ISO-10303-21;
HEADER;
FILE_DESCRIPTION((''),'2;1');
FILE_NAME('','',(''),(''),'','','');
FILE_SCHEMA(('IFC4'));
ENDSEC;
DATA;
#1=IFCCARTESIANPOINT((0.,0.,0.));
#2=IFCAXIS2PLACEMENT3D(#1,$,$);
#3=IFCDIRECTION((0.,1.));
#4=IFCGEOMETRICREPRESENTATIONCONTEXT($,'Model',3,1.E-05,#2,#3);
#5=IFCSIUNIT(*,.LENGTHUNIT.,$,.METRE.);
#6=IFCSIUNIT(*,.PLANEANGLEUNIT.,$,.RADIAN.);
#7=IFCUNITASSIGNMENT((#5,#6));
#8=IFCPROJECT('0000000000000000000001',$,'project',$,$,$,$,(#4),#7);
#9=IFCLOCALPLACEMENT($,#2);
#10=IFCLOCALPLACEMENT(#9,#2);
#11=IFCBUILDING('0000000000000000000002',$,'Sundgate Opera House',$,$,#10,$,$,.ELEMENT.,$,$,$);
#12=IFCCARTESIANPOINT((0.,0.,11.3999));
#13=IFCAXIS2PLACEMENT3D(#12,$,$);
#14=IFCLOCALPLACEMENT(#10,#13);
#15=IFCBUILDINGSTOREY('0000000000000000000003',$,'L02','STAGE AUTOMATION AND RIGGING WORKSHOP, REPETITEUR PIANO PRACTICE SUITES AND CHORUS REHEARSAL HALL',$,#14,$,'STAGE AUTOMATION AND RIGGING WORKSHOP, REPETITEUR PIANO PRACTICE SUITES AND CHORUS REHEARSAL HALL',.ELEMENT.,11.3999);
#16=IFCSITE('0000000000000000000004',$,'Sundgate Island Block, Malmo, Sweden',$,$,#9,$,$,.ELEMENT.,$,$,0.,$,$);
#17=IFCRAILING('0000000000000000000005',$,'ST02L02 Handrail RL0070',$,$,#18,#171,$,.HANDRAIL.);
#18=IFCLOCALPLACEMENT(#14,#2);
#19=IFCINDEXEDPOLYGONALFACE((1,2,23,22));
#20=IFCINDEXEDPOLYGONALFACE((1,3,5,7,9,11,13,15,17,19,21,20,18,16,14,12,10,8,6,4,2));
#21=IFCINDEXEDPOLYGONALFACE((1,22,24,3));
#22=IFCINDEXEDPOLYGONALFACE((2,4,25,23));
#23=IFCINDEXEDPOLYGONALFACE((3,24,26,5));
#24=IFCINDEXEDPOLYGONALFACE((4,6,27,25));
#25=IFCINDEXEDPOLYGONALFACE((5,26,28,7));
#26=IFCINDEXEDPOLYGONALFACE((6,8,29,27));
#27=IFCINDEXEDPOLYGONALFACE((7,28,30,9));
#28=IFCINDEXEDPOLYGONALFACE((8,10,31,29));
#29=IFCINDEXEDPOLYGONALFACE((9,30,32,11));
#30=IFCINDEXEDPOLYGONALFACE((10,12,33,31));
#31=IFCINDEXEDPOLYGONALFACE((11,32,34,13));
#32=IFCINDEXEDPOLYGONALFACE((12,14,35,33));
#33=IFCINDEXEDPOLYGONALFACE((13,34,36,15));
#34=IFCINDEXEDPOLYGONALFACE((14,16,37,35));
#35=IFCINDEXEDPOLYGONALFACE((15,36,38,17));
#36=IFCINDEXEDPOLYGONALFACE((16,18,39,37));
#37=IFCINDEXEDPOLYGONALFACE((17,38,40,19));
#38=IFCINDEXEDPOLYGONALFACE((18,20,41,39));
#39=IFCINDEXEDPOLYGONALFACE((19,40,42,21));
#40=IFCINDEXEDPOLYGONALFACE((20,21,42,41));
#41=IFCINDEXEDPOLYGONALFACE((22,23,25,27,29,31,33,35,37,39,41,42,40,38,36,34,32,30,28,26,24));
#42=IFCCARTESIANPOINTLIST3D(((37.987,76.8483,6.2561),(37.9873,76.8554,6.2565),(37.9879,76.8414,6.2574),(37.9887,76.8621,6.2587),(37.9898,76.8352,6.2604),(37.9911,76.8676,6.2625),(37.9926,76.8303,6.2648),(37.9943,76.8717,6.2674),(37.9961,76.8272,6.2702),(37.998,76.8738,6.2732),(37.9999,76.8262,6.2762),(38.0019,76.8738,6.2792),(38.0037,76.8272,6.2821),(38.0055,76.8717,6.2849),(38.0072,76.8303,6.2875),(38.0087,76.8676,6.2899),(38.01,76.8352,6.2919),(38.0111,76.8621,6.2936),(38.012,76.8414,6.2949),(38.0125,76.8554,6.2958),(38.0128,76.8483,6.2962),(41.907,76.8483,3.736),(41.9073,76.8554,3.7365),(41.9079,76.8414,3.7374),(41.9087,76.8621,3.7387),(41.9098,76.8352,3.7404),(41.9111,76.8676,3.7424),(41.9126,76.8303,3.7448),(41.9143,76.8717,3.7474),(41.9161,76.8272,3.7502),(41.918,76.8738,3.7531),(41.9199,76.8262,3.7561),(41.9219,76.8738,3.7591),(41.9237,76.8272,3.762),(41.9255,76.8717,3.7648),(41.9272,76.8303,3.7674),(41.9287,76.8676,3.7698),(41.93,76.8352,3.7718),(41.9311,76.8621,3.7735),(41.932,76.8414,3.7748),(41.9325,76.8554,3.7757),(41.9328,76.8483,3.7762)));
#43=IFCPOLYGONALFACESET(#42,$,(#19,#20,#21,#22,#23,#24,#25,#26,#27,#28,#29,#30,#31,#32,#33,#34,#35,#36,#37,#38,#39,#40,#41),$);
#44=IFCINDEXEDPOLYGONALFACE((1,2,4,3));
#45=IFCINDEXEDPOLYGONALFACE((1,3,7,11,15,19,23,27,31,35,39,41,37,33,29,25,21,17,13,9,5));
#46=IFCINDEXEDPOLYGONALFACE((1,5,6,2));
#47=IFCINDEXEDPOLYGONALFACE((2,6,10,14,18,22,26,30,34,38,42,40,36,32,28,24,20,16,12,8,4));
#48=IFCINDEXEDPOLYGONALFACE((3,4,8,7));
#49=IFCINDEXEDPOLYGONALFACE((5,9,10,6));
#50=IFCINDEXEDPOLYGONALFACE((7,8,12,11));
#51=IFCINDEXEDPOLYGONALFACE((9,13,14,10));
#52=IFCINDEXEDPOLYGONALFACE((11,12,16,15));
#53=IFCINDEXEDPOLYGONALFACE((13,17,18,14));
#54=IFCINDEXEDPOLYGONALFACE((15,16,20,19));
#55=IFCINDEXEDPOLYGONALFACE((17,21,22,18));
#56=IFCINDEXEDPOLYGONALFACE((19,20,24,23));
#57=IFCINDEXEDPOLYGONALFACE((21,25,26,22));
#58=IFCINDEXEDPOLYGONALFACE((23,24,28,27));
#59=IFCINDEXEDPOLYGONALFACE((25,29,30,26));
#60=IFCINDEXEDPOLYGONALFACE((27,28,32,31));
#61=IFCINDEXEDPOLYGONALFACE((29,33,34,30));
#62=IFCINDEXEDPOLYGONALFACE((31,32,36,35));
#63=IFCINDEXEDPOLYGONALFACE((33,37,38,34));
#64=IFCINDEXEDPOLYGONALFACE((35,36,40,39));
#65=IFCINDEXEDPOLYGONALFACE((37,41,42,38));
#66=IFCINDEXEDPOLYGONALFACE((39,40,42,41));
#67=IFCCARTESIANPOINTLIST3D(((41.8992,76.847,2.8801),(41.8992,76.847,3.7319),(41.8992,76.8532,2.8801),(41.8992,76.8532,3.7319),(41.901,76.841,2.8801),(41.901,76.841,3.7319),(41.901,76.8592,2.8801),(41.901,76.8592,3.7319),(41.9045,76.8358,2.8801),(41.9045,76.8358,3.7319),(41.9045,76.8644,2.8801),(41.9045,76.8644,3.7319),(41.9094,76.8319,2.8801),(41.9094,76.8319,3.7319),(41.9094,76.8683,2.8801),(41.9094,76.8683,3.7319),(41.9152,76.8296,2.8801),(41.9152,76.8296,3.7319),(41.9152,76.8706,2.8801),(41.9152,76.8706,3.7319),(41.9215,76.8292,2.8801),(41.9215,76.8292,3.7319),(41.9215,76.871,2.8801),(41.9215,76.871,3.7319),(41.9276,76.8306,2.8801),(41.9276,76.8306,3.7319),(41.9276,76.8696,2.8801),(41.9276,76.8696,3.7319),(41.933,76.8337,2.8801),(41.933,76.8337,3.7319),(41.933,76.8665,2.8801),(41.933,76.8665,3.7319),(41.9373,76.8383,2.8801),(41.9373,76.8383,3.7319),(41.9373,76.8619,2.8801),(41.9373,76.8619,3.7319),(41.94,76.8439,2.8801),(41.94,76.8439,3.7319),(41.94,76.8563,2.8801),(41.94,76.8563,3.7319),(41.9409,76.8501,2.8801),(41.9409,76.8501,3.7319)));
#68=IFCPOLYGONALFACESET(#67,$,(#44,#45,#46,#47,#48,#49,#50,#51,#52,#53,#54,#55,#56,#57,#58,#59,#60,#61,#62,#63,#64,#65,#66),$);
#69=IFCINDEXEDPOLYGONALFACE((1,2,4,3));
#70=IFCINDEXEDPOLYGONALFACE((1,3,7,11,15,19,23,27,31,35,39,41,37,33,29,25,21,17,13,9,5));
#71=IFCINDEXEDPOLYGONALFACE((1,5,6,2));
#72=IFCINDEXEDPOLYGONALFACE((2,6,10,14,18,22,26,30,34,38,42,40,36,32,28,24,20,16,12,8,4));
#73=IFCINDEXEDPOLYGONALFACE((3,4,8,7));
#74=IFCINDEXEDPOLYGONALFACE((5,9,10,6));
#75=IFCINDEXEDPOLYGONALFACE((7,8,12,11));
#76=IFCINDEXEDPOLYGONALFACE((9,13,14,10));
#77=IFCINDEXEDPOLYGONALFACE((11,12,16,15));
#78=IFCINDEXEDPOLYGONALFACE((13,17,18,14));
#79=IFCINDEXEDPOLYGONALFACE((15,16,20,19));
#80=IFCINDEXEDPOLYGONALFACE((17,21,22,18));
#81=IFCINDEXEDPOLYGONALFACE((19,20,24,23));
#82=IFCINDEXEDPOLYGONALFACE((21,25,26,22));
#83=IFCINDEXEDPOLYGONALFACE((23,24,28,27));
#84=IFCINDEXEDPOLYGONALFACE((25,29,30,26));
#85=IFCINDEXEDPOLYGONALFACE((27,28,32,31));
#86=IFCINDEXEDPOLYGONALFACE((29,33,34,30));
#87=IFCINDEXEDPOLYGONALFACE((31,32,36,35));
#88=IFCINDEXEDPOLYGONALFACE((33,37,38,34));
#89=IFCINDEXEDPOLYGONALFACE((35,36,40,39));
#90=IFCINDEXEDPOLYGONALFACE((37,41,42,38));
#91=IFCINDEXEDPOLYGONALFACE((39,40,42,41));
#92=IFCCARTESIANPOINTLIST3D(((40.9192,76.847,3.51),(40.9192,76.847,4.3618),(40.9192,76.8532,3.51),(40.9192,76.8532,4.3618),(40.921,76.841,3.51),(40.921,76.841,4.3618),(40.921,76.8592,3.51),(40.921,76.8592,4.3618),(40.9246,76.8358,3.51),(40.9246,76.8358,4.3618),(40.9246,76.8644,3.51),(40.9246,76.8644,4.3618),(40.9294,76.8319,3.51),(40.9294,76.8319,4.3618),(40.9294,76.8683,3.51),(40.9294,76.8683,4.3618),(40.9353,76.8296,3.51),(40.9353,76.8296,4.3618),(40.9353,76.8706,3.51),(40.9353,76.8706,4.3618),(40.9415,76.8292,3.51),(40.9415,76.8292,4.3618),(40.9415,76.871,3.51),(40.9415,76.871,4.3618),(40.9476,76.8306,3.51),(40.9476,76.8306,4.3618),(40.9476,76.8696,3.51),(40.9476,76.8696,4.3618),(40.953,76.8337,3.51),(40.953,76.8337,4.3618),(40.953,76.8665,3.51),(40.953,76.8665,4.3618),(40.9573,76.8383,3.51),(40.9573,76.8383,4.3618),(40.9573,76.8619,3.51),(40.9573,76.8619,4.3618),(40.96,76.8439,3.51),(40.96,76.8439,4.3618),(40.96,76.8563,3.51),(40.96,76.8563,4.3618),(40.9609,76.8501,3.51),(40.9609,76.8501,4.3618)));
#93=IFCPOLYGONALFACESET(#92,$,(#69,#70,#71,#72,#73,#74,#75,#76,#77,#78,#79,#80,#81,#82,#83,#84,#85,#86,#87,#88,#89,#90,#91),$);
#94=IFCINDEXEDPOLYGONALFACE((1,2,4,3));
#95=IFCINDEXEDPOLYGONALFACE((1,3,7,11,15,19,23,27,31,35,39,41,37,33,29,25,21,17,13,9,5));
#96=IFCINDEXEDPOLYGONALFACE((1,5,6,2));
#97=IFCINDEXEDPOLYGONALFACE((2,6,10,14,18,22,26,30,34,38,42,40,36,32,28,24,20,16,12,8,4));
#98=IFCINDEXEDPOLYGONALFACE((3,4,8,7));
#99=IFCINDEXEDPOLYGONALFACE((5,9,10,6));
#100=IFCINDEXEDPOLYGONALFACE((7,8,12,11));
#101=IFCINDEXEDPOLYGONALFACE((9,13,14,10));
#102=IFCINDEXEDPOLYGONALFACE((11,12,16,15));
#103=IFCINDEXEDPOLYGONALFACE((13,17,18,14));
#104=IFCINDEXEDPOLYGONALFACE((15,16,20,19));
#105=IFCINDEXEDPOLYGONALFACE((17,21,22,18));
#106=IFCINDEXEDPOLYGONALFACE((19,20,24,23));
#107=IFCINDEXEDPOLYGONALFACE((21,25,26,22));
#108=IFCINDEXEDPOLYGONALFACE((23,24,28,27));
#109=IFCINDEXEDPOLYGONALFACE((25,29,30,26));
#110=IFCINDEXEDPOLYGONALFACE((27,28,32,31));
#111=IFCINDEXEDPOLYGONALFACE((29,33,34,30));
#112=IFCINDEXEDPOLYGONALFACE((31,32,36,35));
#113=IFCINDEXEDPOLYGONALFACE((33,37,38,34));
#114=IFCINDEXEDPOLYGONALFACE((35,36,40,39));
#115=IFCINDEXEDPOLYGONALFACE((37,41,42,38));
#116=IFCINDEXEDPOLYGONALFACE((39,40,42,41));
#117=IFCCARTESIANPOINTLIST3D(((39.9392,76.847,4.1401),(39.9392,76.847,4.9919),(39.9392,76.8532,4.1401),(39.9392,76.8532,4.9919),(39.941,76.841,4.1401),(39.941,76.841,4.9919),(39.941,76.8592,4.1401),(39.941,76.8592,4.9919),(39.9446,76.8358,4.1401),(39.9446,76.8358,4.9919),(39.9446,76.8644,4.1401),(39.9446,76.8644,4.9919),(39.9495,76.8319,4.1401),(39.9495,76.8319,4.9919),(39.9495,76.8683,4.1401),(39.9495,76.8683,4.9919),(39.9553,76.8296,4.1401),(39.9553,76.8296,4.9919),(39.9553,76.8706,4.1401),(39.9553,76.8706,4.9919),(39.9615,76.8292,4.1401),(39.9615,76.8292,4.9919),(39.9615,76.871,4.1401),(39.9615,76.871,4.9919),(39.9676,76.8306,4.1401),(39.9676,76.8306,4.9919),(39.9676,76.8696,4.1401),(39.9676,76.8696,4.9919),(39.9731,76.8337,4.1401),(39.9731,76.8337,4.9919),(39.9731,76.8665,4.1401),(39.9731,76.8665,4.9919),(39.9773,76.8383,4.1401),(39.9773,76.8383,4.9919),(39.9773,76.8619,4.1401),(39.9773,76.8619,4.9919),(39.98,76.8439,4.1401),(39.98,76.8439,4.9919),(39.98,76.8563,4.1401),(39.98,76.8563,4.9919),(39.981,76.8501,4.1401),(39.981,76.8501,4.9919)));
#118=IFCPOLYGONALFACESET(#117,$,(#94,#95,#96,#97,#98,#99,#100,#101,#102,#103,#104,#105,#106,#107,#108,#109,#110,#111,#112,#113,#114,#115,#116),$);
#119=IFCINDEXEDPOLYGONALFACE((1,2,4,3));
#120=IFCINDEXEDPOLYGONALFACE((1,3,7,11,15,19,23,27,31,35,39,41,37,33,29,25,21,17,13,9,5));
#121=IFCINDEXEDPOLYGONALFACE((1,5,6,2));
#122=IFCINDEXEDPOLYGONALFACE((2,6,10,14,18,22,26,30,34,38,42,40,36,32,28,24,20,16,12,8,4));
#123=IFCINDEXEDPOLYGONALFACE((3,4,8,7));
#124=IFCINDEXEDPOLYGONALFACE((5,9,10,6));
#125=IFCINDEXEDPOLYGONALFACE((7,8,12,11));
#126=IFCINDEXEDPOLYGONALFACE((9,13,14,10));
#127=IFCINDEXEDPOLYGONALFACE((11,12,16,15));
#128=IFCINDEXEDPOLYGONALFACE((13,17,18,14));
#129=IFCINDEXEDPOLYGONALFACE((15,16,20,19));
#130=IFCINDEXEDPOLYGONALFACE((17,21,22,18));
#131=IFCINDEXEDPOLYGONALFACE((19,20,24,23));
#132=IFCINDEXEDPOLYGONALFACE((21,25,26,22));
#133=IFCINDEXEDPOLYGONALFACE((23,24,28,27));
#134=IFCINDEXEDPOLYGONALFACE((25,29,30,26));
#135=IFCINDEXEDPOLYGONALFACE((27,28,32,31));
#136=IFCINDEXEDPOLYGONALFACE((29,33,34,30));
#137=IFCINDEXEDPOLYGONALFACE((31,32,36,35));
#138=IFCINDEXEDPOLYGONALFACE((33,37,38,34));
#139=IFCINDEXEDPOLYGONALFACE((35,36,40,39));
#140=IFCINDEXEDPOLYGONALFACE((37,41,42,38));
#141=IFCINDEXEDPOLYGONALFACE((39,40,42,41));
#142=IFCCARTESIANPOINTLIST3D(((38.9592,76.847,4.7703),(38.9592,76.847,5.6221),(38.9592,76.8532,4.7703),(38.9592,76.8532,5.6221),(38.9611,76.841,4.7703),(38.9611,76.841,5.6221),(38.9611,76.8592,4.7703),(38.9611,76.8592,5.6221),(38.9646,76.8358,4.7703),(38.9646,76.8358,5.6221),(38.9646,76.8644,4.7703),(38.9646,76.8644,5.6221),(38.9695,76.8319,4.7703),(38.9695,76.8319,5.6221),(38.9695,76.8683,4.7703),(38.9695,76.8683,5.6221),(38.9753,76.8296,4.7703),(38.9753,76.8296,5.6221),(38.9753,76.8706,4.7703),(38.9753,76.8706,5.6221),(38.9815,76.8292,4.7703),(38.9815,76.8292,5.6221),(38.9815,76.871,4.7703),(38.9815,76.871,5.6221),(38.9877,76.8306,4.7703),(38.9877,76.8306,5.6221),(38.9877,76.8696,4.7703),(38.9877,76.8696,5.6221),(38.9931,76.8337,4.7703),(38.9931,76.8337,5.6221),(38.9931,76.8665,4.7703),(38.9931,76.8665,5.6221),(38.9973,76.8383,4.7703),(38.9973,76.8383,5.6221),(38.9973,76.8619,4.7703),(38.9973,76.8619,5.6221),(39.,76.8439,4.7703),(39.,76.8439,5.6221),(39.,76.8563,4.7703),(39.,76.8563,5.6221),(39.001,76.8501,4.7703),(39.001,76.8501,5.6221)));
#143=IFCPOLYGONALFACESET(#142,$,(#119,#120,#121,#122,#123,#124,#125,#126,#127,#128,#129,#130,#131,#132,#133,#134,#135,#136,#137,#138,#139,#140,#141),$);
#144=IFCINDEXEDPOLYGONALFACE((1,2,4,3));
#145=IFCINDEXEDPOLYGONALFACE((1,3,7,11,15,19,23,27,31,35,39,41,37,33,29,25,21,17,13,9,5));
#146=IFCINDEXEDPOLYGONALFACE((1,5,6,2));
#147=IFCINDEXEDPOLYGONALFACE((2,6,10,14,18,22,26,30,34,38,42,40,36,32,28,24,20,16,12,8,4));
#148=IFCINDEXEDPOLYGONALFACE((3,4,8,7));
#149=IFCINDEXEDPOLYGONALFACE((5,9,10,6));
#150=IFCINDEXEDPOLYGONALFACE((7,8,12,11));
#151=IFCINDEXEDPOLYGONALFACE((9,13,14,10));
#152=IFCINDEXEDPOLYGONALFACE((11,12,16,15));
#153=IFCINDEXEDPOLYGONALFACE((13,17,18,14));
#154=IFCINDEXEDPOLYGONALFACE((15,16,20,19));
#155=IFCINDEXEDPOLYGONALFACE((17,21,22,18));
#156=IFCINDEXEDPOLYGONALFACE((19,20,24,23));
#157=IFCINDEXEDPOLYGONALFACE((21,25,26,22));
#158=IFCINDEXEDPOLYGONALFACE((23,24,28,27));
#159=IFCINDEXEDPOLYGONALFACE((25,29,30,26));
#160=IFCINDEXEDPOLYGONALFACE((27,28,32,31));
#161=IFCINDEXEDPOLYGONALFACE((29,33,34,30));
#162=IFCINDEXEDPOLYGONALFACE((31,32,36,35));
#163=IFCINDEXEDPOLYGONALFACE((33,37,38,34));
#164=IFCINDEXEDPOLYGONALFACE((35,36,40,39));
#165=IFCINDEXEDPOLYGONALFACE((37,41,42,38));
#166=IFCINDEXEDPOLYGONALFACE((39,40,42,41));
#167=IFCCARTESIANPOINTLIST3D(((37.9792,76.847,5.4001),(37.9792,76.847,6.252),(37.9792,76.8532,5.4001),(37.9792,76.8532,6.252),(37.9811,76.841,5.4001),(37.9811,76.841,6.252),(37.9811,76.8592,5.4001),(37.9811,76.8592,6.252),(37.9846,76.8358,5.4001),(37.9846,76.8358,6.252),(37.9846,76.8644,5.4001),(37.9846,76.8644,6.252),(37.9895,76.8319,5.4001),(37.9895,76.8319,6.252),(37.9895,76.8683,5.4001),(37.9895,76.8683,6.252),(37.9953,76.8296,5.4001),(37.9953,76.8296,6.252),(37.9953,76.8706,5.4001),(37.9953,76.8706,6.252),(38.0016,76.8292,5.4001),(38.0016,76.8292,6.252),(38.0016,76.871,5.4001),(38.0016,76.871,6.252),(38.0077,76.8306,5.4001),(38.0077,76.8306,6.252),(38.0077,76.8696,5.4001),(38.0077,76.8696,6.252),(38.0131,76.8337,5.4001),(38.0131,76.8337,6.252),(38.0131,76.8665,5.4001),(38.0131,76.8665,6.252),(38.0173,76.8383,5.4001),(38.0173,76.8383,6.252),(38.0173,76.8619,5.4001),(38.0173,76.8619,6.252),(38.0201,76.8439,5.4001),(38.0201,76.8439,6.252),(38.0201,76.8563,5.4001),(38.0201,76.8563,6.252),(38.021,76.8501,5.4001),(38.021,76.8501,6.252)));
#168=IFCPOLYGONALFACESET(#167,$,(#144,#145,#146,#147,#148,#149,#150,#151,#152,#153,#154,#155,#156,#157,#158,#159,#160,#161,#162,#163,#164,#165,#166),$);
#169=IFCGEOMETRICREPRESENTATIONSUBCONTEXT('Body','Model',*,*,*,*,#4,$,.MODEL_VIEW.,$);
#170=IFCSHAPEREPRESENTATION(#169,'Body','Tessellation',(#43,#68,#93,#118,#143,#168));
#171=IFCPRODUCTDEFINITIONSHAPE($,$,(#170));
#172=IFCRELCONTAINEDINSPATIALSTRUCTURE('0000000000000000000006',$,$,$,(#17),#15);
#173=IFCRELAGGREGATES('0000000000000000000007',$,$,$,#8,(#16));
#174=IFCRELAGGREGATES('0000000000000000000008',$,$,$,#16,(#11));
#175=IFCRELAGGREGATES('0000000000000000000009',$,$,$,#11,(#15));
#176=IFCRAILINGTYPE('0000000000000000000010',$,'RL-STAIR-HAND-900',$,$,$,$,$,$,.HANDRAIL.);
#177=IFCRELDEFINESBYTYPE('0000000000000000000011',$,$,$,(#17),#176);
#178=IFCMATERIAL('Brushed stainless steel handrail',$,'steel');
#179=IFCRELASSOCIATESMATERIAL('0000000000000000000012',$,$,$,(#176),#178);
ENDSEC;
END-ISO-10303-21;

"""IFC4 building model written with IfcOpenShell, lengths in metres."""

from ifc_helpers import new_model, si_unit, direction, frame, origin, origin_2d, place, context, subcontext, project, spatial, circle, extrude, material, type_object, element, save


model = new_model("IFC4")

# Units and contexts
model_context = context("Model", 3, precision=1e-05, world=origin(), true_north=direction((0.0, 1.0)))
body_context = subcontext(model_context, "Body", "Model", "MODEL_VIEW")
ifc_project = project(units=[si_unit("LENGTHUNIT", "METRE"), si_unit("PLANEANGLEUNIT", "RADIAN")], contexts=[model_context])

# Site, building, storey
site_placement = place(None, origin())
site = spatial("IfcSite", under=ifc_project, at=site_placement, Name="Sundgate Island Block, Malmo, Sweden", CompositionType="ELEMENT", RefElevation=0.0)
building_placement = place(site_placement, origin())
building = spatial("IfcBuilding", under=site, at=building_placement, Name="Sundgate Opera House", CompositionType="ELEMENT")
storey_placement = place(building_placement, frame((0.0, 0.0, 11.3999)))
storey = spatial("IfcBuildingStorey", under=building, at=storey_placement, Name="L02", Description="STAGE AUTOMATION AND RIGGING WORKSHOP, REPETITEUR PIANO PRACTICE SUITES AND CHORUS REHEARSAL HALL", LongName="STAGE AUTOMATION AND RIGGING WORKSHOP, REPETITEUR PIANO PRACTICE SUITES AND CHORUS REHEARSAL HALL", CompositionType="ELEMENT", Elevation=11.3999)

# Railing
ifc_material_1 = material(Name="Brushed stainless steel handrail", Category="steel")
railing_type_1 = type_object("IfcRailingType", Name="RL-STAIR-HAND-900", PredefinedType="HANDRAIL", material=ifc_material_1)
railing_1_placement = place(storey_placement, frame((41.9199, 76.8501, 2.8801)))
element("IfcRailing", 1, at=railing_1_placement, inside=storey, type_object=railing_type_1, Name="ST02L02 Handrail RL0070", PredefinedType="HANDRAIL", context=body_context, shape_type="SweptSolid", body=[
    extrude(circle(Radius=0.0239, at=origin_2d()), frame((0.0, 0.0, 0.876), z_axis=(-0.841172, 0.0, 0.540768), x_axis=(0.0, -1.0, 0.0)), (0.0, 0.0, 1.0), 4.6602),
    extrude(circle(Radius=0.021, at=origin_2d()), origin(), (0.0, 0.0, 1.0), 0.8518),
    extrude(circle(Radius=0.021, at=origin_2d()), frame((-0.98, 0.0, 0.6299)), (0.0, 0.0, 1.0), 0.8518),
    extrude(circle(Radius=0.021, at=origin_2d()), frame((-1.96, 0.0, 1.26)), (0.0, 0.0, 1.0), 0.8518),
    extrude(circle(Radius=0.021, at=origin_2d()), frame((-2.9399, 0.0, 1.8901)), (0.0, 0.0, 1.0), 0.8518),
    extrude(circle(Radius=0.021, at=origin_2d()), frame((-3.9199, 0.0, 2.52)), (0.0, 0.0, 1.0), 0.8518),
])

save(model, "model.ifc")
